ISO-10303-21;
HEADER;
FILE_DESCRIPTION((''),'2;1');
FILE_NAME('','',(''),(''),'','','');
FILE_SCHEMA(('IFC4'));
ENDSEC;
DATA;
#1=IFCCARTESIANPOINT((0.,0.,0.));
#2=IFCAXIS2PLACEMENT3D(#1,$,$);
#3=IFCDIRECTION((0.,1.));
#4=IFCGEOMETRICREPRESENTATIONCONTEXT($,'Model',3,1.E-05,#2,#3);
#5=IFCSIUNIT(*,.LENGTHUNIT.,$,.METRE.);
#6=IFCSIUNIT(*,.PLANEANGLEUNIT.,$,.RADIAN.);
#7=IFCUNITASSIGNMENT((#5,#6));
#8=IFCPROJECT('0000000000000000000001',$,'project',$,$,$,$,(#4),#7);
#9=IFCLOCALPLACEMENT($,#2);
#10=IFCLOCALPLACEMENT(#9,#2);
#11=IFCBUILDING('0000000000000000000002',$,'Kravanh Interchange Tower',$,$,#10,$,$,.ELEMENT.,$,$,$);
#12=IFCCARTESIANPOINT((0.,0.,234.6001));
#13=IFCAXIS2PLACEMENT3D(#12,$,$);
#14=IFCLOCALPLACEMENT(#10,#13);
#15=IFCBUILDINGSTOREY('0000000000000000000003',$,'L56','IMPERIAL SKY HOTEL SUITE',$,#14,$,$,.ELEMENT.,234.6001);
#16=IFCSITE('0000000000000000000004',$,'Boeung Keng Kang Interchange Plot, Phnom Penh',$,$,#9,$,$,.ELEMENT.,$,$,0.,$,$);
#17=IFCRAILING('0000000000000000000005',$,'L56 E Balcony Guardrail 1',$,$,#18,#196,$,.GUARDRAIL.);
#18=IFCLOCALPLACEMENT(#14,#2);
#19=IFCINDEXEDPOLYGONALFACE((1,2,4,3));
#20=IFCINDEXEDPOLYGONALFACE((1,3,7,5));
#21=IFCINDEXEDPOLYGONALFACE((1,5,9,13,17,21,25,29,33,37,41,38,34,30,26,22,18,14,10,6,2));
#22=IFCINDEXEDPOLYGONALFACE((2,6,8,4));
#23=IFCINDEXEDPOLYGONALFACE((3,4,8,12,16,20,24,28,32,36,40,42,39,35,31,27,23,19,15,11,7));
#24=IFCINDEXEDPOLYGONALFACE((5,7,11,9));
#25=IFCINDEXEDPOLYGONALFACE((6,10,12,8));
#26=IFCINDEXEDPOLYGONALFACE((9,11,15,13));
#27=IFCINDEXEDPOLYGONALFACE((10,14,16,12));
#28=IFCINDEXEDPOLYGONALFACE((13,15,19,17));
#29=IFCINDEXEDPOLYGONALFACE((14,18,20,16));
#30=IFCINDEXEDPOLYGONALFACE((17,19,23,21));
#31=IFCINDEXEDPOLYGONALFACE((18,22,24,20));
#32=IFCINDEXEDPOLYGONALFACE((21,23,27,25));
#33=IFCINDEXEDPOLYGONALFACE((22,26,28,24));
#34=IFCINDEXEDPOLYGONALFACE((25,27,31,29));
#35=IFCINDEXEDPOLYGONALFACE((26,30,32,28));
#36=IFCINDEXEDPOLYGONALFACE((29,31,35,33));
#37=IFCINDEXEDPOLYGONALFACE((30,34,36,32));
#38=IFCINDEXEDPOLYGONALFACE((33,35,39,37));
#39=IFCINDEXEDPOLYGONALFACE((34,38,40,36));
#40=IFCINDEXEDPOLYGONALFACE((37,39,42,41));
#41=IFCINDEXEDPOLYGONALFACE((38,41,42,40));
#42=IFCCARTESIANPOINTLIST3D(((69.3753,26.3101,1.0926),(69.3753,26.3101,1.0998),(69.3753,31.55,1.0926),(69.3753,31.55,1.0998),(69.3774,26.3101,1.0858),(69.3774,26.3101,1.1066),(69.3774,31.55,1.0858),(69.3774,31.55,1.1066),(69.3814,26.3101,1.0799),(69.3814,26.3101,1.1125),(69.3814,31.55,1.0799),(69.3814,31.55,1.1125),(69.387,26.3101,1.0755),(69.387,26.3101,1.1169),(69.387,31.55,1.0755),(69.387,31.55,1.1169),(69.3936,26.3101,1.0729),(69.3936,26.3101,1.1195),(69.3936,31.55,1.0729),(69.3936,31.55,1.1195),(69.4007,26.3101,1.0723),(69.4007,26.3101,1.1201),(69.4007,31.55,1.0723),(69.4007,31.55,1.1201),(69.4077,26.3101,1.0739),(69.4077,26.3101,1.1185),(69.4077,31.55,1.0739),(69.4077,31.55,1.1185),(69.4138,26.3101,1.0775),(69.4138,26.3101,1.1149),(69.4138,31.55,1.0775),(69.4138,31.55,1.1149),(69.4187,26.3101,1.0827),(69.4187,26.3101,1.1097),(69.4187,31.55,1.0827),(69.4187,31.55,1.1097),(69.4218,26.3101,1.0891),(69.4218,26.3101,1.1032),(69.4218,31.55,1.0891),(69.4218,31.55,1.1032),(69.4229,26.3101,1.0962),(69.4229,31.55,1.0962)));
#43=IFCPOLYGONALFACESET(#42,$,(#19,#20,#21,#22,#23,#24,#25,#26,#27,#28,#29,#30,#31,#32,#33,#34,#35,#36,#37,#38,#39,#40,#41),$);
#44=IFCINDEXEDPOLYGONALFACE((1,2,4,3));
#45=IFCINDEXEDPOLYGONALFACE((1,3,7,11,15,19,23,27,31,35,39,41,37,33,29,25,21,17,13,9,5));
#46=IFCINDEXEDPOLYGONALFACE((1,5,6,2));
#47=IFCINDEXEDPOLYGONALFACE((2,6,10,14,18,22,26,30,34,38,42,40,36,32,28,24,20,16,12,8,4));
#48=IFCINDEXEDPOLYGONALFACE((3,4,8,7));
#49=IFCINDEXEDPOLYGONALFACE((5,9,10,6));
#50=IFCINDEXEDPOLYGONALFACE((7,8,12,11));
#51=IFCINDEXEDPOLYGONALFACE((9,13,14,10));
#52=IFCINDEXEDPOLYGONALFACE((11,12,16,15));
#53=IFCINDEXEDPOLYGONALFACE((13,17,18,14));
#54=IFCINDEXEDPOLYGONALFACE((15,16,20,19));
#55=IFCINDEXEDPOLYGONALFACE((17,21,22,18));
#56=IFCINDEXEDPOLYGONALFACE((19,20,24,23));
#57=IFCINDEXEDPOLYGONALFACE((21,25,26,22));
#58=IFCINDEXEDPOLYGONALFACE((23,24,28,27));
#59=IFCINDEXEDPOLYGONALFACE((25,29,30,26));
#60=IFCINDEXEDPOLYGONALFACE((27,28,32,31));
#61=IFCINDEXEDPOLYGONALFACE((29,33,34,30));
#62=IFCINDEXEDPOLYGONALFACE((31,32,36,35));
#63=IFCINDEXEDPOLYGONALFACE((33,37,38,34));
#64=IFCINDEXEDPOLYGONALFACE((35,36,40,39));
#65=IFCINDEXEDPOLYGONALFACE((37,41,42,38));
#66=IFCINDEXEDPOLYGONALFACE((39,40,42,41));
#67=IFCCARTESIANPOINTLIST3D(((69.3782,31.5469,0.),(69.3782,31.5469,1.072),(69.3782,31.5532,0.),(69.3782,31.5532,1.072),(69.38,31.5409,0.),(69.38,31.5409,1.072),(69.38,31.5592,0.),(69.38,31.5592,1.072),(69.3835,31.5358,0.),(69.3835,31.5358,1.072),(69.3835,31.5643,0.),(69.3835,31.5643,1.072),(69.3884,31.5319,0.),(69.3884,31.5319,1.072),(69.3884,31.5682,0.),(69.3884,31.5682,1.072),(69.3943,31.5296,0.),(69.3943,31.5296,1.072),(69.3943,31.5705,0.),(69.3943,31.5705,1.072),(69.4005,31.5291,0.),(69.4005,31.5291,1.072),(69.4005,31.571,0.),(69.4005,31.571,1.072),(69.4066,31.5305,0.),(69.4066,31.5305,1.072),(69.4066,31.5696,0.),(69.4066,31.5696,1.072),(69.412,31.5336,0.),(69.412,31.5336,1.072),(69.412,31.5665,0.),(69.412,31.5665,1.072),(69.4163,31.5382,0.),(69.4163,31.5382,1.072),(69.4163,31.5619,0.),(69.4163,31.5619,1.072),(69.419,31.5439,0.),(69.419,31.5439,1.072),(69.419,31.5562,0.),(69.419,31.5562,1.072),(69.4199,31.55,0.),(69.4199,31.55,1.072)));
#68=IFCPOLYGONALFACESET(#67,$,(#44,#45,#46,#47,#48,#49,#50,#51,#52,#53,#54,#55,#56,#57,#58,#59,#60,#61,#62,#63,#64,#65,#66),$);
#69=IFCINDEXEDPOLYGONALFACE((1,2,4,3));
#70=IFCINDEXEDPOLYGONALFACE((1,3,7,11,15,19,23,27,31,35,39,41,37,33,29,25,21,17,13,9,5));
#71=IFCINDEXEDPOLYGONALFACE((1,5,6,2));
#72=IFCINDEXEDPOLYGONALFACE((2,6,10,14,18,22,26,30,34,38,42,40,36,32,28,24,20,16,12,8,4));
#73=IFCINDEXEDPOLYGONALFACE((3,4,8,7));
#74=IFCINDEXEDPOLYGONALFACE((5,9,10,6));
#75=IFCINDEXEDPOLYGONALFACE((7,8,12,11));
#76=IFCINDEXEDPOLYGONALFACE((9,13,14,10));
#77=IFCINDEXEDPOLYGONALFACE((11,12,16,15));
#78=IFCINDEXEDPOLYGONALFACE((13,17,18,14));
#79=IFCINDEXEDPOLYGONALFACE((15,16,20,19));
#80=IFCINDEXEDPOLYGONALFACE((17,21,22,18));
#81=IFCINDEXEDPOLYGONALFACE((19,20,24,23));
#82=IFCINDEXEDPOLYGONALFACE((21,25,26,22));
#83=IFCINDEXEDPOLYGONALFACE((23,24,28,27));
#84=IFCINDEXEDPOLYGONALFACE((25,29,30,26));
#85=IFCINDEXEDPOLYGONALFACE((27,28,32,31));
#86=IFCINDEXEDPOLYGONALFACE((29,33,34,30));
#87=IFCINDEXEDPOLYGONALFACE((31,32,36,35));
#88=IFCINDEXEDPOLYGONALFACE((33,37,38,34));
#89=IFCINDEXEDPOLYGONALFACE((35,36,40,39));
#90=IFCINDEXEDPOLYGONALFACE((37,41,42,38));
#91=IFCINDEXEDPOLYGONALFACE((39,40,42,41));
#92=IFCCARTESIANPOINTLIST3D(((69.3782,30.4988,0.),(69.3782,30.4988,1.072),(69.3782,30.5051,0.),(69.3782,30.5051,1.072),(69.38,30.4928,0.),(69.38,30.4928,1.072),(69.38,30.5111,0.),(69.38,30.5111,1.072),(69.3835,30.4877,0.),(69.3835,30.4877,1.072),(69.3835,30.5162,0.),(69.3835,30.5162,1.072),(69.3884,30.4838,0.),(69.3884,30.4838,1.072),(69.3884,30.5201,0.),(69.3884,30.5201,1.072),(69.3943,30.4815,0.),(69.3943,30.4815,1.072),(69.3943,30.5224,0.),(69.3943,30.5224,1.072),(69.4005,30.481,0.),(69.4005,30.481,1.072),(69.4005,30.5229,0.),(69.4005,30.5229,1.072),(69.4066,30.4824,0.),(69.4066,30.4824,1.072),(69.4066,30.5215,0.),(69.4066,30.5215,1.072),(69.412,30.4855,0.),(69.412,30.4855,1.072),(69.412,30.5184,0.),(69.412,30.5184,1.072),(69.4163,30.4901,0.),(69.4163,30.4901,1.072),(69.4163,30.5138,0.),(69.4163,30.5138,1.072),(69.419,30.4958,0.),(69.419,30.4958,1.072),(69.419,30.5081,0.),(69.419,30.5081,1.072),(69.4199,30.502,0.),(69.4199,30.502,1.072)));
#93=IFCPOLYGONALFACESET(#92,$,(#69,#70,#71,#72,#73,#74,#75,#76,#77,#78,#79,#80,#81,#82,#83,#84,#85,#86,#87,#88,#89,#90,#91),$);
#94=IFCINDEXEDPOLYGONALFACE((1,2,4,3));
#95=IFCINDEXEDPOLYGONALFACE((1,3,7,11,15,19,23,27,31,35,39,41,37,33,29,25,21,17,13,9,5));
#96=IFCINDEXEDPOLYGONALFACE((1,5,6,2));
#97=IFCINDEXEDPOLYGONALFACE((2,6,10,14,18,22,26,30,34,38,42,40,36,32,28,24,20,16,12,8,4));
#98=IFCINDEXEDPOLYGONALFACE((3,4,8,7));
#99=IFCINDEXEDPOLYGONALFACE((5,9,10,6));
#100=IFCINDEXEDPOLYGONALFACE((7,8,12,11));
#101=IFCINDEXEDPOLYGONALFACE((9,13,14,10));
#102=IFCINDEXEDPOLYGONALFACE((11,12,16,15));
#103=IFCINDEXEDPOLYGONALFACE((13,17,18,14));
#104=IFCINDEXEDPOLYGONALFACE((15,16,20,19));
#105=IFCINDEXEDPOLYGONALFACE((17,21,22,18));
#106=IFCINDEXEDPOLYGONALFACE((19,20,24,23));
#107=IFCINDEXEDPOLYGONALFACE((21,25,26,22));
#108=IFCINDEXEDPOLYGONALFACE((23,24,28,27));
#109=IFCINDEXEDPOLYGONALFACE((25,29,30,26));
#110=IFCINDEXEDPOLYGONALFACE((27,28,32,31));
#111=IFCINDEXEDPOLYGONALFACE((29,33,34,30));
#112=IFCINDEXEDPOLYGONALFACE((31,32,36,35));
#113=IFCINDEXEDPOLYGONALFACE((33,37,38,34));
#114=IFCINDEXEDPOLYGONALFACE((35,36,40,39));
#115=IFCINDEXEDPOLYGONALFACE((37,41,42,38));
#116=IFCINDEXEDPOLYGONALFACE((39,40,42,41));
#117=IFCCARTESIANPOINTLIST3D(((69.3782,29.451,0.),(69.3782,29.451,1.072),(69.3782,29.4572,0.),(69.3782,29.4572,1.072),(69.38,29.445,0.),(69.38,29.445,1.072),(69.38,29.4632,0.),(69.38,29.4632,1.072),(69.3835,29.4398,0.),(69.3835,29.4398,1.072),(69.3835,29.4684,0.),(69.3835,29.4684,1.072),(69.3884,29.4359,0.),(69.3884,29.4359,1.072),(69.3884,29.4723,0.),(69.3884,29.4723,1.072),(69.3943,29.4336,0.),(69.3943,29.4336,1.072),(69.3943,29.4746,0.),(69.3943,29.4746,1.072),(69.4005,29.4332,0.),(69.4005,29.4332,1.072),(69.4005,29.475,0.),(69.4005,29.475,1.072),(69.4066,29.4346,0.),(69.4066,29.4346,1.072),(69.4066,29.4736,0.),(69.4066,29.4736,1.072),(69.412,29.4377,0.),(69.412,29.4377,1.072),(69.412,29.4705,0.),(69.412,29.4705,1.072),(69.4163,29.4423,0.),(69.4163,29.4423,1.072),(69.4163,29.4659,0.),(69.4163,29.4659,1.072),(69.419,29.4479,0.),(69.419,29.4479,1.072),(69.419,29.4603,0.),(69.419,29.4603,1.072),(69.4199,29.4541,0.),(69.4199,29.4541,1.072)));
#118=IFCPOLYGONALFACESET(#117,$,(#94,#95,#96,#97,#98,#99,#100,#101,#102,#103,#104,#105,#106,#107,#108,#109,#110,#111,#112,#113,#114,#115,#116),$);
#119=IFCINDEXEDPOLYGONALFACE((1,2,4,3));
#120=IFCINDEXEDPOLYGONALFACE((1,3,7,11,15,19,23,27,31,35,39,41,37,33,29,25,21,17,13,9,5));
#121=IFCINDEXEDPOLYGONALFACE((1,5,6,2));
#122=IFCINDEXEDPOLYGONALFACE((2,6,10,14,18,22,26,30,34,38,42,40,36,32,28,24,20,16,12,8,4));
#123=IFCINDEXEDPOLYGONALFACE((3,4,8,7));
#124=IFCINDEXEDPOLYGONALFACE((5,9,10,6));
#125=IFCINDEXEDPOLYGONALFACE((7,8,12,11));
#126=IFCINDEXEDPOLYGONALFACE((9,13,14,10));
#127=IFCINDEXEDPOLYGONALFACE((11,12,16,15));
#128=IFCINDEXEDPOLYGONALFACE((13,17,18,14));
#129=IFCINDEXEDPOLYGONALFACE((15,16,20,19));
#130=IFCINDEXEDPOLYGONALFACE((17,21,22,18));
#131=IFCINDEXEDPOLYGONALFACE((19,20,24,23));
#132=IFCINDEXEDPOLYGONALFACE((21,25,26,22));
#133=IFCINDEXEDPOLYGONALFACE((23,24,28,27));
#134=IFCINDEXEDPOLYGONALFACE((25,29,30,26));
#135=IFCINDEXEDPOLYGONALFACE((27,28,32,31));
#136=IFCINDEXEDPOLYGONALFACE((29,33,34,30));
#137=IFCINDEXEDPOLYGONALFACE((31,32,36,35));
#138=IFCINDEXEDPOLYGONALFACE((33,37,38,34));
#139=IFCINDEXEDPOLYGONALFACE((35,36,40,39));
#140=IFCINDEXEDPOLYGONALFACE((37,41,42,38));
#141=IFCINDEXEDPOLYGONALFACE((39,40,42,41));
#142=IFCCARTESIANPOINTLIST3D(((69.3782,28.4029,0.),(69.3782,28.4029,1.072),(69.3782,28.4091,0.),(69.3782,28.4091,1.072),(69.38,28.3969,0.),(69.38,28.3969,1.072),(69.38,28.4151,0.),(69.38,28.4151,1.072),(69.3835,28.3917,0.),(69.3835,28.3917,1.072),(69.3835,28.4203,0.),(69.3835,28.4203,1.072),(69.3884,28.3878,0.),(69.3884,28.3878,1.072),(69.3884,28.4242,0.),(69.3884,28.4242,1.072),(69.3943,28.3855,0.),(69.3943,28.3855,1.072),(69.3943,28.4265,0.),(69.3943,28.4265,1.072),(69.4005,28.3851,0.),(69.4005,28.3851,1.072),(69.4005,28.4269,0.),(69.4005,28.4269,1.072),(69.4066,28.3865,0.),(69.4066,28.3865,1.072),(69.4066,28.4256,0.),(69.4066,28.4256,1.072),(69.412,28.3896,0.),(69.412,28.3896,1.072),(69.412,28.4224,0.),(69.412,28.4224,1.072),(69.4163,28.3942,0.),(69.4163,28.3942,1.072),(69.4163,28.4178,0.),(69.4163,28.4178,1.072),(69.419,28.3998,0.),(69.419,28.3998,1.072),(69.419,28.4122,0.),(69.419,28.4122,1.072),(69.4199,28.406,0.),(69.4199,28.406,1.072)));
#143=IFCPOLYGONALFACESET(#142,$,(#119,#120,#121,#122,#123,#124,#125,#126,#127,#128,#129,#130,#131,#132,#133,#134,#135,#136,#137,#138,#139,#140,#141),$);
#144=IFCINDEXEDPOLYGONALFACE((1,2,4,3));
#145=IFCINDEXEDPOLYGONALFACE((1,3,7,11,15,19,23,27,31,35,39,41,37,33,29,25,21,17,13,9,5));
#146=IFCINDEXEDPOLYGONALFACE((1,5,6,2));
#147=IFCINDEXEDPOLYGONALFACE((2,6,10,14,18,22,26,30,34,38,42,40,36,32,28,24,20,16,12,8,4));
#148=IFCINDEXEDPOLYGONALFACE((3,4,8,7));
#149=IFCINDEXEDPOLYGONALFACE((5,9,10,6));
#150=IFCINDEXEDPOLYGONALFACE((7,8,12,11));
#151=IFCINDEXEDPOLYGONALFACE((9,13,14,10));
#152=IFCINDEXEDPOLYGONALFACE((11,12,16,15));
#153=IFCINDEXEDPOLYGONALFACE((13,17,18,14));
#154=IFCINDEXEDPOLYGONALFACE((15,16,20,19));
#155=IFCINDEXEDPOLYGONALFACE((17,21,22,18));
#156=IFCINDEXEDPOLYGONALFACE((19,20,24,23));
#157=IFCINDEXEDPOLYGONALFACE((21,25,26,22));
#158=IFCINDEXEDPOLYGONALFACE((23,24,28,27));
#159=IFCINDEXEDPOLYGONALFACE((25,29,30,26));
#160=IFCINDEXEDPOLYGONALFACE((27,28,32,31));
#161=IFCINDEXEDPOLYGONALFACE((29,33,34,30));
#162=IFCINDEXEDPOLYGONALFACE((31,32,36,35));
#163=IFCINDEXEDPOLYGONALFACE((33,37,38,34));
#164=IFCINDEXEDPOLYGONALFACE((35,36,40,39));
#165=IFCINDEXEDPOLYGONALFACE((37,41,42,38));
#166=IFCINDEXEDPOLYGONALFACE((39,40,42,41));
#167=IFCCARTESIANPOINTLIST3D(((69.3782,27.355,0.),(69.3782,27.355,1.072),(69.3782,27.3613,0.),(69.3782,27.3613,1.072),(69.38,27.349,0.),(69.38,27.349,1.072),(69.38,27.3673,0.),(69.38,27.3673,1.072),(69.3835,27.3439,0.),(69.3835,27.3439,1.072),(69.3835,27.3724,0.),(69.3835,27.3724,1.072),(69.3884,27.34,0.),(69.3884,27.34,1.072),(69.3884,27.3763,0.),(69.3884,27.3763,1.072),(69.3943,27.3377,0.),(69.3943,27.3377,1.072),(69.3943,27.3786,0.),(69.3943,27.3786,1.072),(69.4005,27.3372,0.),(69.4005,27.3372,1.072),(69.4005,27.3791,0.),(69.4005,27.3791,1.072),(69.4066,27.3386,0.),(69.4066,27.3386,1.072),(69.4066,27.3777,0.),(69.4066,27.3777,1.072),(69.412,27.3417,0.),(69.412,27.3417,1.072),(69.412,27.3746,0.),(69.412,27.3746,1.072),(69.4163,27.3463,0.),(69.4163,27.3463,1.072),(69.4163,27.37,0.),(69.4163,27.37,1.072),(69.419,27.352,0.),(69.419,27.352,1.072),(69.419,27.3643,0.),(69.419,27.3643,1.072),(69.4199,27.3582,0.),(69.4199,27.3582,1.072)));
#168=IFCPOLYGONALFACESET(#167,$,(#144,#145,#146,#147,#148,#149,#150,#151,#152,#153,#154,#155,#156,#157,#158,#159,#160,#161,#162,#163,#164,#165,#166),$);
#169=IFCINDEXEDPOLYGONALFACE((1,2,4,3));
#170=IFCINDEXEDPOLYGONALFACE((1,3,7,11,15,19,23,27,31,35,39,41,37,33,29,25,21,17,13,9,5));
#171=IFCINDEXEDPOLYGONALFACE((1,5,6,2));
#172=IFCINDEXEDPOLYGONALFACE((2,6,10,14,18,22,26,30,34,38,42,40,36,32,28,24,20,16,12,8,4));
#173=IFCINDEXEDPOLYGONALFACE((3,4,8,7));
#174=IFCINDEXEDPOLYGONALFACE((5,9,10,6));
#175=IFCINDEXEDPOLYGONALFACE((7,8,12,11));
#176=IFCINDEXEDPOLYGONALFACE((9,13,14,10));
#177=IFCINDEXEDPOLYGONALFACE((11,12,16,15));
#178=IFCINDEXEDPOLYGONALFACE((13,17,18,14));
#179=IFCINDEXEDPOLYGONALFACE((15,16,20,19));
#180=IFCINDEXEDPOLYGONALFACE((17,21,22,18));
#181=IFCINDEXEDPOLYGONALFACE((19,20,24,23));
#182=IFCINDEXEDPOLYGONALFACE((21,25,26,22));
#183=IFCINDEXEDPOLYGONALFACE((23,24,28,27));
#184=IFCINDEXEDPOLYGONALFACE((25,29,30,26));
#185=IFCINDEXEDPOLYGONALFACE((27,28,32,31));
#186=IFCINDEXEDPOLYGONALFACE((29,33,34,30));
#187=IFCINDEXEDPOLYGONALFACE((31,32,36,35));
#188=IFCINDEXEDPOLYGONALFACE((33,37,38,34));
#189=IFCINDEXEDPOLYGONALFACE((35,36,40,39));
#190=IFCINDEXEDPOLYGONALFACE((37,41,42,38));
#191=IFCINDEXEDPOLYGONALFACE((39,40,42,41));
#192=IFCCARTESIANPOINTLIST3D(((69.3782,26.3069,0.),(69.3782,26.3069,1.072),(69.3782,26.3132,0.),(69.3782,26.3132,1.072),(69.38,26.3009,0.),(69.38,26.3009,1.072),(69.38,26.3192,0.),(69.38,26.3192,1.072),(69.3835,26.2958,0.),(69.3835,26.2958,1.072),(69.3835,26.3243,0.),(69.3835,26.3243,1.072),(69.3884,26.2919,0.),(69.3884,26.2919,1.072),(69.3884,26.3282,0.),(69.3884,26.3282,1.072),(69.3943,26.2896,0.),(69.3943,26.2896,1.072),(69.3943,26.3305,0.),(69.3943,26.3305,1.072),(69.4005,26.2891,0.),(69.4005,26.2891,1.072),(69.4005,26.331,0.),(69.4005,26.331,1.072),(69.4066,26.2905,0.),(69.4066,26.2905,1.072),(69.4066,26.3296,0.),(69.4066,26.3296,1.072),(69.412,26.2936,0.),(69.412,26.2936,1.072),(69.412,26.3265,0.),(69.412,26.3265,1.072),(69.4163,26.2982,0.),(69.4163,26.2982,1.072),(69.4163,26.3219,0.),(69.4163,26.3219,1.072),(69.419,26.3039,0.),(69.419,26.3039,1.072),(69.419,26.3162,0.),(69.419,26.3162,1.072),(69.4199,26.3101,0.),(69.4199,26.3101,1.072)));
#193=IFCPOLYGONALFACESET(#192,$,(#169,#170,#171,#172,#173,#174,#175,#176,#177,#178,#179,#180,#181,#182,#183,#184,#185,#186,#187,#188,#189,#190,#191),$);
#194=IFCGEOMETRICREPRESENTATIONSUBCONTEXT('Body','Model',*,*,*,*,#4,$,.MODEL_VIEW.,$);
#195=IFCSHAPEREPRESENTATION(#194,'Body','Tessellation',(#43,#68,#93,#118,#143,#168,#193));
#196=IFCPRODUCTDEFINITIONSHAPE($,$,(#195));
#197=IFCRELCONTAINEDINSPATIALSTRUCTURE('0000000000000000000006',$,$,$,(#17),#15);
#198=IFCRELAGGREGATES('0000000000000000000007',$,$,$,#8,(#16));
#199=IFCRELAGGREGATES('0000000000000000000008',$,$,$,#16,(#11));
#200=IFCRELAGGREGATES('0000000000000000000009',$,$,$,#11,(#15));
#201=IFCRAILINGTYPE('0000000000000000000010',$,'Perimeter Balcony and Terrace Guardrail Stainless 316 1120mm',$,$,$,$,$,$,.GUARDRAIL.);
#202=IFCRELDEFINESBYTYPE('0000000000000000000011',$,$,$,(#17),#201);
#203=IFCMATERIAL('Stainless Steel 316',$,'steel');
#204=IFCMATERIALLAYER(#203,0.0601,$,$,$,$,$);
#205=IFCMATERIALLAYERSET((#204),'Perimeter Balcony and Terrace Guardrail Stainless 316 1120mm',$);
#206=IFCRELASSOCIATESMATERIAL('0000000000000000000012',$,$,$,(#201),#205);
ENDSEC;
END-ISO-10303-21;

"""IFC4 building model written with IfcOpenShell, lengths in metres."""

from ifc_helpers import new_model, si_unit, direction, frame, origin, origin_2d, place, context, subcontext, project, spatial, circle, extrude, material, layer, layer_set, type_object, element, save


model = new_model("IFC4")

# Units and contexts
model_context = context("Model", 3, precision=1e-05, world=origin(), true_north=direction((0.0, 1.0)))
body_context = subcontext(model_context, "Body", "Model", "MODEL_VIEW")
ifc_project = project(units=[si_unit("LENGTHUNIT", "METRE"), si_unit("PLANEANGLEUNIT", "RADIAN")], contexts=[model_context])

# Site, building, storey
site_placement = place(None, origin())
site = spatial("IfcSite", under=ifc_project, at=site_placement, Name="Boeung Keng Kang Interchange Plot, Phnom Penh", CompositionType="ELEMENT", RefElevation=0.0)
building_placement = place(site_placement, origin())
building = spatial("IfcBuilding", under=site, at=building_placement, Name="Kravanh Interchange Tower", CompositionType="ELEMENT")
storey_placement = place(building_placement, frame((0.0, 0.0, 234.6001)))
storey = spatial("IfcBuildingStorey", under=building, at=storey_placement, Name="L56", Description="IMPERIAL SKY HOTEL SUITE", CompositionType="ELEMENT", Elevation=234.6001)

# Railing
ifc_material_1 = material(Name="Stainless Steel 316", Category="steel")
ifc_layer_1 = layer(ifc_material_1, 0.0601)
ifc_layer_set_1 = layer_set([ifc_layer_1], Name="Perimeter Balcony and Terrace Guardrail Stainless 316 1120mm")
railing_type = type_object("IfcRailingType", Name="Perimeter Balcony and Terrace Guardrail Stainless 316 1120mm", PredefinedType="GUARDRAIL", material=ifc_layer_set_1)
railing_1_placement = place(storey_placement, frame((69.3989, 31.55, 0.0)))
element("IfcRailing", 1, at=railing_1_placement, inside=storey, type_object=railing_type, Name="L56 E Balcony Guardrail 1", PredefinedType="GUARDRAIL", context=body_context, shape_type="SweptSolid", body=[
    extrude(circle(Radius=0.0239, at=origin_2d()), frame((0.0, 0.0, 1.0962), z_axis=(0.0, -1.0, 0.0), x_axis=(1.0, 0.0, 0.0)), (0.0, 0.0, 1.0), 5.24),
    extrude(circle(Radius=0.021, at=origin_2d()), origin(), (0.0, 0.0, 1.0), 1.072),
    extrude(circle(Radius=0.021, at=origin_2d()), frame((0.0, -1.0481, 0.0)), (0.0, 0.0, 1.0), 1.072),
    extrude(circle(Radius=0.021, at=origin_2d()), frame((0.0, -2.0959, 0.0)), (0.0, 0.0, 1.0), 1.072),
    extrude(circle(Radius=0.021, at=origin_2d()), frame((0.0, -3.144, 0.0)), (0.0, 0.0, 1.0), 1.072),
    extrude(circle(Radius=0.021, at=origin_2d()), frame((0.0, -4.1919, 0.0)), (0.0, 0.0, 1.0), 1.072),
    extrude(circle(Radius=0.021, at=origin_2d()), frame((0.0, -5.24, 0.0)), (0.0, 0.0, 1.0), 1.072),
])

save(model, "model.ifc")
